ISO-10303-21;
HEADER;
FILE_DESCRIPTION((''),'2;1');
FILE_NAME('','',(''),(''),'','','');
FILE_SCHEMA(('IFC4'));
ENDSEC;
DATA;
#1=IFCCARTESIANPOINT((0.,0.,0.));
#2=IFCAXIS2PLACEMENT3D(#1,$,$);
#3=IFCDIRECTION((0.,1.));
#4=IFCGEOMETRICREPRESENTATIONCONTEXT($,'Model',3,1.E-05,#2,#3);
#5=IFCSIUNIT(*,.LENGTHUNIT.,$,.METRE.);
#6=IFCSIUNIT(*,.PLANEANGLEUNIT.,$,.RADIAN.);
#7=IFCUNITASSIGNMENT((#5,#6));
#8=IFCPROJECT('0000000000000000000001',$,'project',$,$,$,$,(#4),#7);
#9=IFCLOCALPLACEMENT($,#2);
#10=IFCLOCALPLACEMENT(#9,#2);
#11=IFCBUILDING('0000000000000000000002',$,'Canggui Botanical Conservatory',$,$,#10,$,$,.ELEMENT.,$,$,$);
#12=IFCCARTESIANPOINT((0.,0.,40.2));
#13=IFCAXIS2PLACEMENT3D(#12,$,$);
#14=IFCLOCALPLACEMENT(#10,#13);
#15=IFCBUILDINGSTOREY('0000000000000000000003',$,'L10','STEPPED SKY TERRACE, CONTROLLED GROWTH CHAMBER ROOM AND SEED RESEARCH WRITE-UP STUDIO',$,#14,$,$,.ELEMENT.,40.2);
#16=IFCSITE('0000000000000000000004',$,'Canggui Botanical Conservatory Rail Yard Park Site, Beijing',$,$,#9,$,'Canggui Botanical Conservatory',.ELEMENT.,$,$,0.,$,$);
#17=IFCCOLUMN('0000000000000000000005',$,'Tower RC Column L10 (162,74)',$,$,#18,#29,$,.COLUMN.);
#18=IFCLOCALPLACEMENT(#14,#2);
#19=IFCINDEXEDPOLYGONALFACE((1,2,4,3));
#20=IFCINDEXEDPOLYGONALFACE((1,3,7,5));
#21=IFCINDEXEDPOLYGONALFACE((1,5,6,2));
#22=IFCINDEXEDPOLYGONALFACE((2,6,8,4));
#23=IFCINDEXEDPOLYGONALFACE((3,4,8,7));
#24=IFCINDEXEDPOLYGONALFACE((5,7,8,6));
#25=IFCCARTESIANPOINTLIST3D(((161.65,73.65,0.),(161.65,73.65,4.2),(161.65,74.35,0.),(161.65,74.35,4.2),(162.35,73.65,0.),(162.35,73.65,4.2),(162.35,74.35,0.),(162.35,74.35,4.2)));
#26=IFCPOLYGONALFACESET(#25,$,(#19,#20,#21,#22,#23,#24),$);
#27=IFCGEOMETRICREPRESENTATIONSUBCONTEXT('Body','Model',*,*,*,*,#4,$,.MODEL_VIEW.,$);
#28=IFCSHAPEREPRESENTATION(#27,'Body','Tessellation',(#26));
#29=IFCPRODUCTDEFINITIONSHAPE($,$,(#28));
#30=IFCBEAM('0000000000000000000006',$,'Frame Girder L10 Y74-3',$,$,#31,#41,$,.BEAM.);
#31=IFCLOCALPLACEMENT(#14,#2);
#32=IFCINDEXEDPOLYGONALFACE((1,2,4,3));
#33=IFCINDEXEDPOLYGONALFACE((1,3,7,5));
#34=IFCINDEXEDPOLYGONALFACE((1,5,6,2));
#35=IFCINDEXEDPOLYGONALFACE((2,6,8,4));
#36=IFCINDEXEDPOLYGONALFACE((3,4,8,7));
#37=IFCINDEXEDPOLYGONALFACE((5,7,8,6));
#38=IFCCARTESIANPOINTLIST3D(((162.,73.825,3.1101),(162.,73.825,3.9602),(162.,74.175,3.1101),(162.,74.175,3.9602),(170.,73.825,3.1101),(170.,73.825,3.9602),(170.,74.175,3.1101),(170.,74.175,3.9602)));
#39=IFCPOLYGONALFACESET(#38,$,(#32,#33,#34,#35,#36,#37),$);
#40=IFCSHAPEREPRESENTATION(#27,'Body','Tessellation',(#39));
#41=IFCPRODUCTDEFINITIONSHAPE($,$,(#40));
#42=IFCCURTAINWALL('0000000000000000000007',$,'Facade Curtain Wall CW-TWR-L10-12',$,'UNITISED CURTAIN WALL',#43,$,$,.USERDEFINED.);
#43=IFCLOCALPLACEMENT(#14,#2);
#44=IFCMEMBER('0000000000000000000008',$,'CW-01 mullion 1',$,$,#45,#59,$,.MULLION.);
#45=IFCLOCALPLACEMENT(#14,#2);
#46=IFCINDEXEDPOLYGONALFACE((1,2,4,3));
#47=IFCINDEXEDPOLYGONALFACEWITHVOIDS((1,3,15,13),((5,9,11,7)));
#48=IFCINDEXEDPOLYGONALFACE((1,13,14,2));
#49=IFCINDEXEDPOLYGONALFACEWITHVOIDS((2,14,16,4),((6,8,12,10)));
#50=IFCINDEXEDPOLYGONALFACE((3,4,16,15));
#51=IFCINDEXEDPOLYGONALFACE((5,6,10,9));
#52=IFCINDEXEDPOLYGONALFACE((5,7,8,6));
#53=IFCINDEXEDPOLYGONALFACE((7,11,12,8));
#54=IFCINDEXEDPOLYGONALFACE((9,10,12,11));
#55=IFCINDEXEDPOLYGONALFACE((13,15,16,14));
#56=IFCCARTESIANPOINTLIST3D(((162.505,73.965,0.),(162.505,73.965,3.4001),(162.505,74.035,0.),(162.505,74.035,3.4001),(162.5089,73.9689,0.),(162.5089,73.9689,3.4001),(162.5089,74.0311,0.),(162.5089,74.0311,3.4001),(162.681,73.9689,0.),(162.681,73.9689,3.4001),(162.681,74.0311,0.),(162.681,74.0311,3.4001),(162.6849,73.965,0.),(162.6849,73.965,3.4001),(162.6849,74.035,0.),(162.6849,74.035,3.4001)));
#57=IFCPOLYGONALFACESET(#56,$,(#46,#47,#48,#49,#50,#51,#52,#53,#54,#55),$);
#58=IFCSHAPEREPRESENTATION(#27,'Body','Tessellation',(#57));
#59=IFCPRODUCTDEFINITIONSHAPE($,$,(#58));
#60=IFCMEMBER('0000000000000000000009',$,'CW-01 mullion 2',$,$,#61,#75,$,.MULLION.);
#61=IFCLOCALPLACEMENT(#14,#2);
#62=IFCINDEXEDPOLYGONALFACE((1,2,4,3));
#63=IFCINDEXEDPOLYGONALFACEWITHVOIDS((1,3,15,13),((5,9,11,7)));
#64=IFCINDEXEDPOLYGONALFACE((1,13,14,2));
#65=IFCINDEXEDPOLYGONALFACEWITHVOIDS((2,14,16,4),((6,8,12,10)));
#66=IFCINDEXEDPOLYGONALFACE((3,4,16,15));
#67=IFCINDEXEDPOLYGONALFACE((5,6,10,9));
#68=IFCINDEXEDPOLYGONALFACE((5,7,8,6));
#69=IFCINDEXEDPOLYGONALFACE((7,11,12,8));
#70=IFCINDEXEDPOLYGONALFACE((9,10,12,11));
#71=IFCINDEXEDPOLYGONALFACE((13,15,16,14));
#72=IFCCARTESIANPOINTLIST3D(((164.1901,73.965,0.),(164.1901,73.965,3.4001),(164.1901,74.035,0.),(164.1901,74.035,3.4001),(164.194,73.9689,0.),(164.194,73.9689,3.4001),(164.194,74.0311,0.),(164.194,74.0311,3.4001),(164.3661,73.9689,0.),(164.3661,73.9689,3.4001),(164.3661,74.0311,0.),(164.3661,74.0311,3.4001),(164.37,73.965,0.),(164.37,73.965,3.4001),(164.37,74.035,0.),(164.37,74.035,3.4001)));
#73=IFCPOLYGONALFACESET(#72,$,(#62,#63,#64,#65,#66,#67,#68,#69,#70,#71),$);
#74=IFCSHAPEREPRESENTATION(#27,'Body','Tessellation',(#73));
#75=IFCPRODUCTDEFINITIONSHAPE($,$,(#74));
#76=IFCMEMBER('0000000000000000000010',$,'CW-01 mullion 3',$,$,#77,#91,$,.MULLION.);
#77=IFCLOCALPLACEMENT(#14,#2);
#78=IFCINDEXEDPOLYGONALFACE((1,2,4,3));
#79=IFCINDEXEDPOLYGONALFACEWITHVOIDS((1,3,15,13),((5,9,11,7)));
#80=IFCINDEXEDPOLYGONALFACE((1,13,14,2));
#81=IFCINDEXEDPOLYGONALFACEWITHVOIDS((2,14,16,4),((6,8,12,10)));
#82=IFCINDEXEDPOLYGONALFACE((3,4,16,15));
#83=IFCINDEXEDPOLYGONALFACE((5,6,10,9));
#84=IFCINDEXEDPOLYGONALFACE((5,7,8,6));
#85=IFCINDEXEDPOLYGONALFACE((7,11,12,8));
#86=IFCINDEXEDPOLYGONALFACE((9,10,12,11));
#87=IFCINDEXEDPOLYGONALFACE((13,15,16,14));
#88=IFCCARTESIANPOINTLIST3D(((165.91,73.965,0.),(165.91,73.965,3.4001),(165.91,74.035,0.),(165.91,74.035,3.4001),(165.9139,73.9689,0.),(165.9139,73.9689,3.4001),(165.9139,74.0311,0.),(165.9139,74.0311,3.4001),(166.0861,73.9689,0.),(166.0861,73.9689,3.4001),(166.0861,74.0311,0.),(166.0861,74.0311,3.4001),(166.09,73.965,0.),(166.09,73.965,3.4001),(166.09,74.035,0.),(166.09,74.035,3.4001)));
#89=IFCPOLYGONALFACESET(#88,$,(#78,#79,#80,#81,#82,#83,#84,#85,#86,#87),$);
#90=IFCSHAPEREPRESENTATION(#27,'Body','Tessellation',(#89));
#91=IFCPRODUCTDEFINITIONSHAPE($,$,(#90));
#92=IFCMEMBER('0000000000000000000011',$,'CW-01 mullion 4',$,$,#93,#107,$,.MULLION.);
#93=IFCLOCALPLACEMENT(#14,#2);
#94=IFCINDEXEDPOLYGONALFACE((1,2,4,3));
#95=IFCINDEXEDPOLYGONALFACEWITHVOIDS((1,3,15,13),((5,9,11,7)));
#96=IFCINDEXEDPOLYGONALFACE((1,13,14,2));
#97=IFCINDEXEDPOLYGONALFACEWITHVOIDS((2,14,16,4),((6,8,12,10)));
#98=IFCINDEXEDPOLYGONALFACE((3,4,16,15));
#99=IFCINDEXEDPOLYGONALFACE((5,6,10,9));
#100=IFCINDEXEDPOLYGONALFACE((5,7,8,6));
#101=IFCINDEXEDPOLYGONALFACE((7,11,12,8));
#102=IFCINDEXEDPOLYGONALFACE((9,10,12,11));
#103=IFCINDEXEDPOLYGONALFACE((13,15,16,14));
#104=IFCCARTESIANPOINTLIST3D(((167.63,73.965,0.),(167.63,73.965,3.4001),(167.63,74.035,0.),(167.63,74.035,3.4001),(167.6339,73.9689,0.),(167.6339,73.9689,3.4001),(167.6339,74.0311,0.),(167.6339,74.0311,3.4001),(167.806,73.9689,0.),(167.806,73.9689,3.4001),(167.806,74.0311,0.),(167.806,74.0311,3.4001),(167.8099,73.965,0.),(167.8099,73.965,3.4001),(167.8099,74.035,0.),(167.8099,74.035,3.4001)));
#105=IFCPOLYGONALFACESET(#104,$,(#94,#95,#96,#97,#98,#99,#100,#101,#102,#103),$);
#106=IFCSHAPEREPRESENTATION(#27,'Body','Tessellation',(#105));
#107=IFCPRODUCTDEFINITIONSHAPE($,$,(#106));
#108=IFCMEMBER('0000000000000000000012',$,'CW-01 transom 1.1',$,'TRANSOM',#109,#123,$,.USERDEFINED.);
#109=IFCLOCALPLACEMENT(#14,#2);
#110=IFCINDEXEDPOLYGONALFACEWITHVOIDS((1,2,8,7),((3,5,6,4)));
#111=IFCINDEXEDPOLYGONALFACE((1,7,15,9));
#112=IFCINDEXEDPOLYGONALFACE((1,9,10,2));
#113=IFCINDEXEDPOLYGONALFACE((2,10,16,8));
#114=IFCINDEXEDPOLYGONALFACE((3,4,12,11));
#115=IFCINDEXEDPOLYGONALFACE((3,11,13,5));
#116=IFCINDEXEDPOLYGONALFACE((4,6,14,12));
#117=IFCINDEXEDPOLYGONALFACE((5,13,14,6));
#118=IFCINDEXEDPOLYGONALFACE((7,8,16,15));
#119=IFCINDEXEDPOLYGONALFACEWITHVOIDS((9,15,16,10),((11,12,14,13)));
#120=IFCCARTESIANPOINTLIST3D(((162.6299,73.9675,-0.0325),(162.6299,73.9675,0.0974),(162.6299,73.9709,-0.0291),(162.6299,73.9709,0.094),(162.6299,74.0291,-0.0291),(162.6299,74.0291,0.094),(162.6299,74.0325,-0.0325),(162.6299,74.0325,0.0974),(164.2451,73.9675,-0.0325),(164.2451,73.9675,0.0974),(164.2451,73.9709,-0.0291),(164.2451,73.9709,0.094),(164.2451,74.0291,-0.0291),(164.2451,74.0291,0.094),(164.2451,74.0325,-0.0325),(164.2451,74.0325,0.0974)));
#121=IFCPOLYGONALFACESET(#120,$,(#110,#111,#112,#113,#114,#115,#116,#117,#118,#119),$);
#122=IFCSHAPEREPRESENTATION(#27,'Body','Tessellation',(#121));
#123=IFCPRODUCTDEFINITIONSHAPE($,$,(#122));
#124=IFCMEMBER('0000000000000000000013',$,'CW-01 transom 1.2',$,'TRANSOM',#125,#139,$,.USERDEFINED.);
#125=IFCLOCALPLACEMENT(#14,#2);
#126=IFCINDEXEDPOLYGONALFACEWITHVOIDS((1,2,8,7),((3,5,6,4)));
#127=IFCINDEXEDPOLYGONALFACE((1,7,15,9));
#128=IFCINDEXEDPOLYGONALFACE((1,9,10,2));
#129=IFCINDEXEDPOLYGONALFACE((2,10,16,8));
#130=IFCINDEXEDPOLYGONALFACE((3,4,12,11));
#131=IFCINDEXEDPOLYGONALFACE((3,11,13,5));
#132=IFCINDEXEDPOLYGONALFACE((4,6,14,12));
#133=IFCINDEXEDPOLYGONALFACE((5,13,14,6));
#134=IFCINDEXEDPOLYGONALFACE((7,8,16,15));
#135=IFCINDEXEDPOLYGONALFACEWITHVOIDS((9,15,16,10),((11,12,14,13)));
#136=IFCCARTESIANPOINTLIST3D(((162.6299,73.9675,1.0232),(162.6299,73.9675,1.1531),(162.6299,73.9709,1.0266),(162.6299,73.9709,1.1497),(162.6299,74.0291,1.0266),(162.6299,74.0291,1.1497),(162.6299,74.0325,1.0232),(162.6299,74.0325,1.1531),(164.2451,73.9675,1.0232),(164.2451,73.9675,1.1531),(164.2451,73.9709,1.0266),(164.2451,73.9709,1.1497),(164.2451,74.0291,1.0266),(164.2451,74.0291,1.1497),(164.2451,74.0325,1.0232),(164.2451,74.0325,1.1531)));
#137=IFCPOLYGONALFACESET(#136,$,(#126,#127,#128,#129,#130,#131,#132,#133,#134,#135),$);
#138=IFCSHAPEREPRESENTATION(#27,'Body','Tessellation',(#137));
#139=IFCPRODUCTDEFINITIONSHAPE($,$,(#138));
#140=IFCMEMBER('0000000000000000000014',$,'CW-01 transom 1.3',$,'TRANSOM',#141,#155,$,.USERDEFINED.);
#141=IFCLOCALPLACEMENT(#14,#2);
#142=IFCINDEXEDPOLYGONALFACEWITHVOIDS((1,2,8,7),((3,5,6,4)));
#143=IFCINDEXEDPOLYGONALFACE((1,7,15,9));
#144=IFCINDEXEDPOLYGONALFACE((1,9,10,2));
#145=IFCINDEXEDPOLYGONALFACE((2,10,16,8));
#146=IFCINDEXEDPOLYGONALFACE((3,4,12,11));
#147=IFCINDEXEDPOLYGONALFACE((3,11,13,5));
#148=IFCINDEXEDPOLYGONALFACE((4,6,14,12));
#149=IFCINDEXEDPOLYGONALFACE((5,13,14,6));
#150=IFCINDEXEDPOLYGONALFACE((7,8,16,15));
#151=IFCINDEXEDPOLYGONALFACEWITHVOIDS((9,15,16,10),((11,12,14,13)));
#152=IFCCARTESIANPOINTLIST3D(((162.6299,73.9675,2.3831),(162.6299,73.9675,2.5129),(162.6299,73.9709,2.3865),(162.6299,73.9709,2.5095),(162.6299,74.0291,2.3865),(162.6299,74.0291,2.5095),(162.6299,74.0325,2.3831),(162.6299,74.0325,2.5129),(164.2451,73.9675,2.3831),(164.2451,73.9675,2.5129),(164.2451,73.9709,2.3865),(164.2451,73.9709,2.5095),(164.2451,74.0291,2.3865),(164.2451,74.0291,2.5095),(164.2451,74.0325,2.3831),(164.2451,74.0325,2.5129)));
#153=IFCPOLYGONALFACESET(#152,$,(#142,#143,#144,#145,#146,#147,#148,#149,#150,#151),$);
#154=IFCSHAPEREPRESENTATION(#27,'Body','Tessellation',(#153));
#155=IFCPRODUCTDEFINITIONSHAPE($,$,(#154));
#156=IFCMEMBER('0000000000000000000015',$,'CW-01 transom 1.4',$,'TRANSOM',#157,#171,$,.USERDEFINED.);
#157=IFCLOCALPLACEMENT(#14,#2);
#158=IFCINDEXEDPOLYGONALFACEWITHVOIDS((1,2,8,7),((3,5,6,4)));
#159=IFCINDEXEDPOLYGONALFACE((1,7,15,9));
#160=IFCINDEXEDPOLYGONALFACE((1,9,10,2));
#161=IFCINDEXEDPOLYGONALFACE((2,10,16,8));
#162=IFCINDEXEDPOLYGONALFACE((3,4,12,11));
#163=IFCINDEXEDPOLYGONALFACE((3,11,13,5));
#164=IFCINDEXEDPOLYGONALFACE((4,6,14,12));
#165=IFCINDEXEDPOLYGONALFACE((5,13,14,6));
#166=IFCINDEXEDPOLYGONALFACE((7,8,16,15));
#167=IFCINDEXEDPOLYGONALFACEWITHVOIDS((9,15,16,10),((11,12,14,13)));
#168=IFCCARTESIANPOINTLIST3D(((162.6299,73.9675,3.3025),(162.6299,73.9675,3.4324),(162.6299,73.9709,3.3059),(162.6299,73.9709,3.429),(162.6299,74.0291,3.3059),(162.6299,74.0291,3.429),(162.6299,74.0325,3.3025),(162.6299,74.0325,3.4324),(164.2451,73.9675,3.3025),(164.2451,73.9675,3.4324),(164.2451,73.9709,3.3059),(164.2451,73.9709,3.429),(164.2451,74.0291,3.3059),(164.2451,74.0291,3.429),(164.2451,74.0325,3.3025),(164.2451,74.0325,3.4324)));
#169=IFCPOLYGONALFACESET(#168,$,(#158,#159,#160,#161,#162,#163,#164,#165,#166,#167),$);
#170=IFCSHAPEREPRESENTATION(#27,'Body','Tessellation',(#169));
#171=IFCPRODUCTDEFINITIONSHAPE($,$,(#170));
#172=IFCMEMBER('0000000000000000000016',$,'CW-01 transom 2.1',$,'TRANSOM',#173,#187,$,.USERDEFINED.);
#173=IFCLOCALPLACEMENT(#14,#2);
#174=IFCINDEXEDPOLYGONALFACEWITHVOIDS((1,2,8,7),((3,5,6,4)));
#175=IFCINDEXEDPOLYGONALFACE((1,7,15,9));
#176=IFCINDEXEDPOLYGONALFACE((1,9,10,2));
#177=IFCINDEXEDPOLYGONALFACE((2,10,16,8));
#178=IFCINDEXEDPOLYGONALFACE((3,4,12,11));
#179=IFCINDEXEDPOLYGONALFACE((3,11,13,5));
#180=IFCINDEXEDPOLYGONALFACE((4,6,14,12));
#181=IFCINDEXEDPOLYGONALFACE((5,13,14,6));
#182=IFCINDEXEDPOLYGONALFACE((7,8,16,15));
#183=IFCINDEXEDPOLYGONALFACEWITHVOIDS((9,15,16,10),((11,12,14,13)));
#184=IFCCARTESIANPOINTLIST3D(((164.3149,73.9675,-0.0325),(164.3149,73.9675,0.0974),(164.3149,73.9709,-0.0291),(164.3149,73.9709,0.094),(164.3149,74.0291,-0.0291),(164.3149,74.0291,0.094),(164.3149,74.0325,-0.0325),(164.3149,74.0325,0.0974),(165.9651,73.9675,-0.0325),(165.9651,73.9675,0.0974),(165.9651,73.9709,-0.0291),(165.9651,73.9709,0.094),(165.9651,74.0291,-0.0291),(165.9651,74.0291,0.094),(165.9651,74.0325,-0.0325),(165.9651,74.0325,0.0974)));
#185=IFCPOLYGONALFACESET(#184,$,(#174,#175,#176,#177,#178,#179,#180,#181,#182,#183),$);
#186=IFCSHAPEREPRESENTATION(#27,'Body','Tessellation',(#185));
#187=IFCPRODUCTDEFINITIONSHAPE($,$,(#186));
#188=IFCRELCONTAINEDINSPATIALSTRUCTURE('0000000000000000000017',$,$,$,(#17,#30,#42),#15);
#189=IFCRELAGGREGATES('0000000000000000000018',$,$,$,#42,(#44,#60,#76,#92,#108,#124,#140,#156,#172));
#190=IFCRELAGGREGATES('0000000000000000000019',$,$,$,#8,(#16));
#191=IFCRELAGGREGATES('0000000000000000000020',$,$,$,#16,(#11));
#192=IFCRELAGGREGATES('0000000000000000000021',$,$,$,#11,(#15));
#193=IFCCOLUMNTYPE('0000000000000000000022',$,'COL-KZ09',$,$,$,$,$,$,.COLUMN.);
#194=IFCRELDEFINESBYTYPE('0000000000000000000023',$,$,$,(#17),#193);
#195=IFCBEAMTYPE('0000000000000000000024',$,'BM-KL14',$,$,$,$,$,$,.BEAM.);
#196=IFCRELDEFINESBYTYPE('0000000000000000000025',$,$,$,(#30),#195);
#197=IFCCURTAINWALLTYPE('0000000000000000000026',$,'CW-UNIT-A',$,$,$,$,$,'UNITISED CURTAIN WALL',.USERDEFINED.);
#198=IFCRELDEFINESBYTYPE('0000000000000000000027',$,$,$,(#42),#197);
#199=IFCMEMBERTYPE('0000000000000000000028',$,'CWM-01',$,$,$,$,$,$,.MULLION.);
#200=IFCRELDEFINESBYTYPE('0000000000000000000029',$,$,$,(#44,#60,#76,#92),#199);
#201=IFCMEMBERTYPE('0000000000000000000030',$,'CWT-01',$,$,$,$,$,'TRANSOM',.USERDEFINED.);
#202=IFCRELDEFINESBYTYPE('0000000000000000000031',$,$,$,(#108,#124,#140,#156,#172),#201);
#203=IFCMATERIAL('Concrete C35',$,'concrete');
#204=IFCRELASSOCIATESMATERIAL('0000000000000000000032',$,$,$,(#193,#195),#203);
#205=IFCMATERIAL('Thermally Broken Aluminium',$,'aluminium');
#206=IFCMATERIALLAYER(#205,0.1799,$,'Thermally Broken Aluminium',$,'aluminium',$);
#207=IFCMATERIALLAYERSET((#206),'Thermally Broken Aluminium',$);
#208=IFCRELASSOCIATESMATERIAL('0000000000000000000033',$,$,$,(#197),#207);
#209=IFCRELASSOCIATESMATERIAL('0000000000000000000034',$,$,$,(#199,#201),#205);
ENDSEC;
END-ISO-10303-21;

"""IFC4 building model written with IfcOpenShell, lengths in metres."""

from ifc_helpers import new_model, si_unit, direction, frame, origin, origin_2d, place, context, subcontext, project, spatial, rectangle, hollow_rectangle, extrude, material, layer, layer_set, material_profile, profile_set, type_object, element, aggregate, save


model = new_model("IFC4")

# Units and contexts
model_context = context("Model", 3, precision=1e-05, world=origin(), true_north=direction((0.0, 1.0)))
body_context = subcontext(model_context, "Body", "Model", "MODEL_VIEW")
ifc_project = project(units=[si_unit("LENGTHUNIT", "METRE"), si_unit("PLANEANGLEUNIT", "RADIAN")], contexts=[model_context])

# Site, building, storey
site_placement = place(None, origin())
site = spatial("IfcSite", under=ifc_project, at=site_placement, Name="Canggui Botanical Conservatory Rail Yard Park Site, Beijing", LongName="Canggui Botanical Conservatory", CompositionType="ELEMENT", RefElevation=0.0)
building_placement = place(site_placement, origin())
building = spatial("IfcBuilding", under=site, at=building_placement, Name="Canggui Botanical Conservatory", CompositionType="ELEMENT")
storey_placement = place(building_placement, frame((0.0, 0.0, 40.2)))
storey = spatial("IfcBuildingStorey", under=building, at=storey_placement, Name="L10", Description="STEPPED SKY TERRACE, CONTROLLED GROWTH CHAMBER ROOM AND SEED RESEARCH WRITE-UP STUDIO", CompositionType="ELEMENT", Elevation=40.2)

# Column
ifc_material_1 = material(Name="Concrete C35", Category="concrete")
ifc_material_profile_1 = material_profile(ifc_material_1, rectangle(XDim=0.7, YDim=0.7, at=origin_2d()), Name="RC 700x700")
ifc_profile_set_1 = profile_set([ifc_material_profile_1], Name="Concrete C35")
column_type = type_object("IfcColumnType", Name="COL-KZ09", PredefinedType="COLUMN", material=ifc_profile_set_1)
column_placement = place(storey_placement, frame((162.0, 74.0, 0.0), z_axis=(0.0, 0.0, 1.0), x_axis=(1.0, 0.0, 0.0)))
element("IfcColumn", 1, at=column_placement, inside=storey, type_object=column_type, Name="Tower RC Column L10 (162,74)", PredefinedType="COLUMN", context=body_context, shape_type="SweptSolid", body=[
    extrude(rectangle(XDim=0.7, YDim=0.7, at=origin_2d()), origin(), (0.0, 0.0, 1.0), 4.2),
])

# Beam
ifc_material_profile_2 = material_profile(ifc_material_1, rectangle(XDim=0.3501, YDim=0.8501, at=origin_2d()), Name="RB 350x850")
ifc_profile_set_2 = profile_set([ifc_material_profile_2], Name="Concrete C35")
beam_type = type_object("IfcBeamType", Name="BM-KL14", PredefinedType="BEAM", material=ifc_profile_set_2)
beam_placement = place(storey_placement, frame((162.0, 74.0, 3.5352), z_axis=(1.0, 0.0, 0.0), x_axis=(0.0, 1.0, 0.0)))
element("IfcBeam", 2, at=beam_placement, inside=storey, type_object=beam_type, Name="Frame Girder L10 Y74-3", PredefinedType="BEAM", context=body_context, shape_type="SweptSolid", body=[
    extrude(rectangle(XDim=0.3501, YDim=0.8501, at=origin_2d()), origin(), (0.0, 0.0, 1.0), 8.0),
])

# Curtain wall, members
ifc_material_2 = material(Name="Thermally Broken Aluminium", Category="aluminium")
ifc_layer_1 = layer(ifc_material_2, 0.1799, Name="Thermally Broken Aluminium", Category="aluminium")
ifc_layer_set_1 = layer_set([ifc_layer_1], Name="Thermally Broken Aluminium")
curtain_wall_type = type_object("IfcCurtainWallType", Name="CW-UNIT-A", ElementType="UNITISED CURTAIN WALL", PredefinedType="USERDEFINED", material=ifc_layer_set_1)
curtain_wall_placement = place(storey_placement, origin())
curtain_wall = element("IfcCurtainWall", 3, at=curtain_wall_placement, inside=storey, type_object=curtain_wall_type, Name="Facade Curtain Wall CW-TWR-L10-12", ObjectType="UNITISED CURTAIN WALL", PredefinedType="USERDEFINED")
ifc_material_profile_3 = material_profile(ifc_material_2, hollow_rectangle(XDim=0.0701, YDim=0.1799, WallThickness=0.0039, at=origin_2d()), Name="CWM 70x180x4")
ifc_profile_set_3 = profile_set([ifc_material_profile_3], Name="Thermally Broken Aluminium")
member_type_1 = type_object("IfcMemberType", Name="CWM-01", PredefinedType="MULLION", material=ifc_profile_set_3)
member_1_placement = place(storey_placement, frame((162.595, 74.0, 0.0), z_axis=(0.0, 0.0, 1.0), x_axis=(0.0, 1.0, 0.0)))
member_1 = element("IfcMember", 4, at=member_1_placement, type_object=member_type_1, Name="CW-01 mullion 1", PredefinedType="MULLION", context=body_context, shape_type="SweptSolid", body=[
    extrude(hollow_rectangle(XDim=0.0701, YDim=0.1799, WallThickness=0.0039, at=origin_2d()), origin(), (0.0, 0.0, 1.0), 3.4001),
])
member_2_placement = place(storey_placement, frame((164.28, 74.0, 0.0), z_axis=(0.0, 0.0, 1.0), x_axis=(0.0, 1.0, 0.0)))
member_2 = element("IfcMember", 5, at=member_2_placement, type_object=member_type_1, Name="CW-01 mullion 2", PredefinedType="MULLION", context=body_context, shape_type="SweptSolid", body=[
    extrude(hollow_rectangle(XDim=0.0701, YDim=0.1799, WallThickness=0.0039, at=origin_2d()), origin(), (0.0, 0.0, 1.0), 3.4001),
])
member_3_placement = place(storey_placement, frame((166.0, 74.0, 0.0), z_axis=(0.0, 0.0, 1.0), x_axis=(0.0, 1.0, 0.0)))
member_3 = element("IfcMember", 6, at=member_3_placement, type_object=member_type_1, Name="CW-01 mullion 3", PredefinedType="MULLION", context=body_context, shape_type="SweptSolid", body=[
    extrude(hollow_rectangle(XDim=0.0701, YDim=0.1799, WallThickness=0.0039, at=origin_2d()), origin(), (0.0, 0.0, 1.0), 3.4001),
])
member_4_placement = place(storey_placement, frame((167.72, 74.0, 0.0), z_axis=(0.0, 0.0, 1.0), x_axis=(0.0, 1.0, 0.0)))
member_4 = element("IfcMember", 7, at=member_4_placement, type_object=member_type_1, Name="CW-01 mullion 4", PredefinedType="MULLION", context=body_context, shape_type="SweptSolid", body=[
    extrude(hollow_rectangle(XDim=0.0701, YDim=0.1799, WallThickness=0.0039, at=origin_2d()), origin(), (0.0, 0.0, 1.0), 3.4001),
])
ifc_material_profile_4 = material_profile(ifc_material_2, hollow_rectangle(XDim=0.0649, YDim=0.1299, WallThickness=0.0034, at=origin_2d()), Name="CWT 65x130x3.5")
ifc_profile_set_4 = profile_set([ifc_material_profile_4], Name="Thermally Broken Aluminium")
member_type_2 = type_object("IfcMemberType", Name="CWT-01", ElementType="TRANSOM", PredefinedType="USERDEFINED", material=ifc_profile_set_4)
member_5_placement = place(storey_placement, frame((162.6299, 74.0, 0.0325), z_axis=(1.0, 0.0, 0.0), x_axis=(0.0, 1.0, 0.0)))
member_5 = element("IfcMember", 8, at=member_5_placement, type_object=member_type_2, Name="CW-01 transom 1.1", ObjectType="TRANSOM", PredefinedType="USERDEFINED", context=body_context, shape_type="SweptSolid", body=[
    extrude(hollow_rectangle(XDim=0.0649, YDim=0.1299, WallThickness=0.0034, at=origin_2d()), origin(), (0.0, 0.0, 1.0), 1.6152),
])
member_6_placement = place(storey_placement, frame((162.6299, 74.0, 1.0881), z_axis=(1.0, 0.0, 0.0), x_axis=(0.0, 1.0, 0.0)))
member_6 = element("IfcMember", 9, at=member_6_placement, type_object=member_type_2, Name="CW-01 transom 1.2", ObjectType="TRANSOM", PredefinedType="USERDEFINED", context=body_context, shape_type="SweptSolid", body=[
    extrude(hollow_rectangle(XDim=0.0649, YDim=0.1299, WallThickness=0.0034, at=origin_2d()), origin(), (0.0, 0.0, 1.0), 1.6152),
])
member_7_placement = place(storey_placement, frame((162.6299, 74.0, 2.448), z_axis=(1.0, 0.0, 0.0), x_axis=(0.0, 1.0, 0.0)))
member_7 = element("IfcMember", 10, at=member_7_placement, type_object=member_type_2, Name="CW-01 transom 1.3", ObjectType="TRANSOM", PredefinedType="USERDEFINED", context=body_context, shape_type="SweptSolid", body=[
    extrude(hollow_rectangle(XDim=0.0649, YDim=0.1299, WallThickness=0.0034, at=origin_2d()), origin(), (0.0, 0.0, 1.0), 1.6152),
])
member_8_placement = place(storey_placement, frame((162.6299, 74.0, 3.3674), z_axis=(1.0, 0.0, 0.0), x_axis=(0.0, 1.0, 0.0)))
member_8 = element("IfcMember", 11, at=member_8_placement, type_object=member_type_2, Name="CW-01 transom 1.4", ObjectType="TRANSOM", PredefinedType="USERDEFINED", context=body_context, shape_type="SweptSolid", body=[
    extrude(hollow_rectangle(XDim=0.0649, YDim=0.1299, WallThickness=0.0034, at=origin_2d()), origin(), (0.0, 0.0, 1.0), 1.6152),
])
member_9_placement = place(storey_placement, frame((164.3149, 74.0, 0.0325), z_axis=(1.0, 0.0, 0.0), x_axis=(0.0, 1.0, 0.0)))
member_9 = element("IfcMember", 12, at=member_9_placement, type_object=member_type_2, Name="CW-01 transom 2.1", ObjectType="TRANSOM", PredefinedType="USERDEFINED", context=body_context, shape_type="SweptSolid", body=[
    extrude(hollow_rectangle(XDim=0.0649, YDim=0.1299, WallThickness=0.0034, at=origin_2d()), origin(), (0.0, 0.0, 1.0), 1.6501),
])
aggregate(curtain_wall, [member_1, member_2, member_3, member_4, member_5, member_6, member_7, member_8, member_9])

save(model, "model.ifc")
